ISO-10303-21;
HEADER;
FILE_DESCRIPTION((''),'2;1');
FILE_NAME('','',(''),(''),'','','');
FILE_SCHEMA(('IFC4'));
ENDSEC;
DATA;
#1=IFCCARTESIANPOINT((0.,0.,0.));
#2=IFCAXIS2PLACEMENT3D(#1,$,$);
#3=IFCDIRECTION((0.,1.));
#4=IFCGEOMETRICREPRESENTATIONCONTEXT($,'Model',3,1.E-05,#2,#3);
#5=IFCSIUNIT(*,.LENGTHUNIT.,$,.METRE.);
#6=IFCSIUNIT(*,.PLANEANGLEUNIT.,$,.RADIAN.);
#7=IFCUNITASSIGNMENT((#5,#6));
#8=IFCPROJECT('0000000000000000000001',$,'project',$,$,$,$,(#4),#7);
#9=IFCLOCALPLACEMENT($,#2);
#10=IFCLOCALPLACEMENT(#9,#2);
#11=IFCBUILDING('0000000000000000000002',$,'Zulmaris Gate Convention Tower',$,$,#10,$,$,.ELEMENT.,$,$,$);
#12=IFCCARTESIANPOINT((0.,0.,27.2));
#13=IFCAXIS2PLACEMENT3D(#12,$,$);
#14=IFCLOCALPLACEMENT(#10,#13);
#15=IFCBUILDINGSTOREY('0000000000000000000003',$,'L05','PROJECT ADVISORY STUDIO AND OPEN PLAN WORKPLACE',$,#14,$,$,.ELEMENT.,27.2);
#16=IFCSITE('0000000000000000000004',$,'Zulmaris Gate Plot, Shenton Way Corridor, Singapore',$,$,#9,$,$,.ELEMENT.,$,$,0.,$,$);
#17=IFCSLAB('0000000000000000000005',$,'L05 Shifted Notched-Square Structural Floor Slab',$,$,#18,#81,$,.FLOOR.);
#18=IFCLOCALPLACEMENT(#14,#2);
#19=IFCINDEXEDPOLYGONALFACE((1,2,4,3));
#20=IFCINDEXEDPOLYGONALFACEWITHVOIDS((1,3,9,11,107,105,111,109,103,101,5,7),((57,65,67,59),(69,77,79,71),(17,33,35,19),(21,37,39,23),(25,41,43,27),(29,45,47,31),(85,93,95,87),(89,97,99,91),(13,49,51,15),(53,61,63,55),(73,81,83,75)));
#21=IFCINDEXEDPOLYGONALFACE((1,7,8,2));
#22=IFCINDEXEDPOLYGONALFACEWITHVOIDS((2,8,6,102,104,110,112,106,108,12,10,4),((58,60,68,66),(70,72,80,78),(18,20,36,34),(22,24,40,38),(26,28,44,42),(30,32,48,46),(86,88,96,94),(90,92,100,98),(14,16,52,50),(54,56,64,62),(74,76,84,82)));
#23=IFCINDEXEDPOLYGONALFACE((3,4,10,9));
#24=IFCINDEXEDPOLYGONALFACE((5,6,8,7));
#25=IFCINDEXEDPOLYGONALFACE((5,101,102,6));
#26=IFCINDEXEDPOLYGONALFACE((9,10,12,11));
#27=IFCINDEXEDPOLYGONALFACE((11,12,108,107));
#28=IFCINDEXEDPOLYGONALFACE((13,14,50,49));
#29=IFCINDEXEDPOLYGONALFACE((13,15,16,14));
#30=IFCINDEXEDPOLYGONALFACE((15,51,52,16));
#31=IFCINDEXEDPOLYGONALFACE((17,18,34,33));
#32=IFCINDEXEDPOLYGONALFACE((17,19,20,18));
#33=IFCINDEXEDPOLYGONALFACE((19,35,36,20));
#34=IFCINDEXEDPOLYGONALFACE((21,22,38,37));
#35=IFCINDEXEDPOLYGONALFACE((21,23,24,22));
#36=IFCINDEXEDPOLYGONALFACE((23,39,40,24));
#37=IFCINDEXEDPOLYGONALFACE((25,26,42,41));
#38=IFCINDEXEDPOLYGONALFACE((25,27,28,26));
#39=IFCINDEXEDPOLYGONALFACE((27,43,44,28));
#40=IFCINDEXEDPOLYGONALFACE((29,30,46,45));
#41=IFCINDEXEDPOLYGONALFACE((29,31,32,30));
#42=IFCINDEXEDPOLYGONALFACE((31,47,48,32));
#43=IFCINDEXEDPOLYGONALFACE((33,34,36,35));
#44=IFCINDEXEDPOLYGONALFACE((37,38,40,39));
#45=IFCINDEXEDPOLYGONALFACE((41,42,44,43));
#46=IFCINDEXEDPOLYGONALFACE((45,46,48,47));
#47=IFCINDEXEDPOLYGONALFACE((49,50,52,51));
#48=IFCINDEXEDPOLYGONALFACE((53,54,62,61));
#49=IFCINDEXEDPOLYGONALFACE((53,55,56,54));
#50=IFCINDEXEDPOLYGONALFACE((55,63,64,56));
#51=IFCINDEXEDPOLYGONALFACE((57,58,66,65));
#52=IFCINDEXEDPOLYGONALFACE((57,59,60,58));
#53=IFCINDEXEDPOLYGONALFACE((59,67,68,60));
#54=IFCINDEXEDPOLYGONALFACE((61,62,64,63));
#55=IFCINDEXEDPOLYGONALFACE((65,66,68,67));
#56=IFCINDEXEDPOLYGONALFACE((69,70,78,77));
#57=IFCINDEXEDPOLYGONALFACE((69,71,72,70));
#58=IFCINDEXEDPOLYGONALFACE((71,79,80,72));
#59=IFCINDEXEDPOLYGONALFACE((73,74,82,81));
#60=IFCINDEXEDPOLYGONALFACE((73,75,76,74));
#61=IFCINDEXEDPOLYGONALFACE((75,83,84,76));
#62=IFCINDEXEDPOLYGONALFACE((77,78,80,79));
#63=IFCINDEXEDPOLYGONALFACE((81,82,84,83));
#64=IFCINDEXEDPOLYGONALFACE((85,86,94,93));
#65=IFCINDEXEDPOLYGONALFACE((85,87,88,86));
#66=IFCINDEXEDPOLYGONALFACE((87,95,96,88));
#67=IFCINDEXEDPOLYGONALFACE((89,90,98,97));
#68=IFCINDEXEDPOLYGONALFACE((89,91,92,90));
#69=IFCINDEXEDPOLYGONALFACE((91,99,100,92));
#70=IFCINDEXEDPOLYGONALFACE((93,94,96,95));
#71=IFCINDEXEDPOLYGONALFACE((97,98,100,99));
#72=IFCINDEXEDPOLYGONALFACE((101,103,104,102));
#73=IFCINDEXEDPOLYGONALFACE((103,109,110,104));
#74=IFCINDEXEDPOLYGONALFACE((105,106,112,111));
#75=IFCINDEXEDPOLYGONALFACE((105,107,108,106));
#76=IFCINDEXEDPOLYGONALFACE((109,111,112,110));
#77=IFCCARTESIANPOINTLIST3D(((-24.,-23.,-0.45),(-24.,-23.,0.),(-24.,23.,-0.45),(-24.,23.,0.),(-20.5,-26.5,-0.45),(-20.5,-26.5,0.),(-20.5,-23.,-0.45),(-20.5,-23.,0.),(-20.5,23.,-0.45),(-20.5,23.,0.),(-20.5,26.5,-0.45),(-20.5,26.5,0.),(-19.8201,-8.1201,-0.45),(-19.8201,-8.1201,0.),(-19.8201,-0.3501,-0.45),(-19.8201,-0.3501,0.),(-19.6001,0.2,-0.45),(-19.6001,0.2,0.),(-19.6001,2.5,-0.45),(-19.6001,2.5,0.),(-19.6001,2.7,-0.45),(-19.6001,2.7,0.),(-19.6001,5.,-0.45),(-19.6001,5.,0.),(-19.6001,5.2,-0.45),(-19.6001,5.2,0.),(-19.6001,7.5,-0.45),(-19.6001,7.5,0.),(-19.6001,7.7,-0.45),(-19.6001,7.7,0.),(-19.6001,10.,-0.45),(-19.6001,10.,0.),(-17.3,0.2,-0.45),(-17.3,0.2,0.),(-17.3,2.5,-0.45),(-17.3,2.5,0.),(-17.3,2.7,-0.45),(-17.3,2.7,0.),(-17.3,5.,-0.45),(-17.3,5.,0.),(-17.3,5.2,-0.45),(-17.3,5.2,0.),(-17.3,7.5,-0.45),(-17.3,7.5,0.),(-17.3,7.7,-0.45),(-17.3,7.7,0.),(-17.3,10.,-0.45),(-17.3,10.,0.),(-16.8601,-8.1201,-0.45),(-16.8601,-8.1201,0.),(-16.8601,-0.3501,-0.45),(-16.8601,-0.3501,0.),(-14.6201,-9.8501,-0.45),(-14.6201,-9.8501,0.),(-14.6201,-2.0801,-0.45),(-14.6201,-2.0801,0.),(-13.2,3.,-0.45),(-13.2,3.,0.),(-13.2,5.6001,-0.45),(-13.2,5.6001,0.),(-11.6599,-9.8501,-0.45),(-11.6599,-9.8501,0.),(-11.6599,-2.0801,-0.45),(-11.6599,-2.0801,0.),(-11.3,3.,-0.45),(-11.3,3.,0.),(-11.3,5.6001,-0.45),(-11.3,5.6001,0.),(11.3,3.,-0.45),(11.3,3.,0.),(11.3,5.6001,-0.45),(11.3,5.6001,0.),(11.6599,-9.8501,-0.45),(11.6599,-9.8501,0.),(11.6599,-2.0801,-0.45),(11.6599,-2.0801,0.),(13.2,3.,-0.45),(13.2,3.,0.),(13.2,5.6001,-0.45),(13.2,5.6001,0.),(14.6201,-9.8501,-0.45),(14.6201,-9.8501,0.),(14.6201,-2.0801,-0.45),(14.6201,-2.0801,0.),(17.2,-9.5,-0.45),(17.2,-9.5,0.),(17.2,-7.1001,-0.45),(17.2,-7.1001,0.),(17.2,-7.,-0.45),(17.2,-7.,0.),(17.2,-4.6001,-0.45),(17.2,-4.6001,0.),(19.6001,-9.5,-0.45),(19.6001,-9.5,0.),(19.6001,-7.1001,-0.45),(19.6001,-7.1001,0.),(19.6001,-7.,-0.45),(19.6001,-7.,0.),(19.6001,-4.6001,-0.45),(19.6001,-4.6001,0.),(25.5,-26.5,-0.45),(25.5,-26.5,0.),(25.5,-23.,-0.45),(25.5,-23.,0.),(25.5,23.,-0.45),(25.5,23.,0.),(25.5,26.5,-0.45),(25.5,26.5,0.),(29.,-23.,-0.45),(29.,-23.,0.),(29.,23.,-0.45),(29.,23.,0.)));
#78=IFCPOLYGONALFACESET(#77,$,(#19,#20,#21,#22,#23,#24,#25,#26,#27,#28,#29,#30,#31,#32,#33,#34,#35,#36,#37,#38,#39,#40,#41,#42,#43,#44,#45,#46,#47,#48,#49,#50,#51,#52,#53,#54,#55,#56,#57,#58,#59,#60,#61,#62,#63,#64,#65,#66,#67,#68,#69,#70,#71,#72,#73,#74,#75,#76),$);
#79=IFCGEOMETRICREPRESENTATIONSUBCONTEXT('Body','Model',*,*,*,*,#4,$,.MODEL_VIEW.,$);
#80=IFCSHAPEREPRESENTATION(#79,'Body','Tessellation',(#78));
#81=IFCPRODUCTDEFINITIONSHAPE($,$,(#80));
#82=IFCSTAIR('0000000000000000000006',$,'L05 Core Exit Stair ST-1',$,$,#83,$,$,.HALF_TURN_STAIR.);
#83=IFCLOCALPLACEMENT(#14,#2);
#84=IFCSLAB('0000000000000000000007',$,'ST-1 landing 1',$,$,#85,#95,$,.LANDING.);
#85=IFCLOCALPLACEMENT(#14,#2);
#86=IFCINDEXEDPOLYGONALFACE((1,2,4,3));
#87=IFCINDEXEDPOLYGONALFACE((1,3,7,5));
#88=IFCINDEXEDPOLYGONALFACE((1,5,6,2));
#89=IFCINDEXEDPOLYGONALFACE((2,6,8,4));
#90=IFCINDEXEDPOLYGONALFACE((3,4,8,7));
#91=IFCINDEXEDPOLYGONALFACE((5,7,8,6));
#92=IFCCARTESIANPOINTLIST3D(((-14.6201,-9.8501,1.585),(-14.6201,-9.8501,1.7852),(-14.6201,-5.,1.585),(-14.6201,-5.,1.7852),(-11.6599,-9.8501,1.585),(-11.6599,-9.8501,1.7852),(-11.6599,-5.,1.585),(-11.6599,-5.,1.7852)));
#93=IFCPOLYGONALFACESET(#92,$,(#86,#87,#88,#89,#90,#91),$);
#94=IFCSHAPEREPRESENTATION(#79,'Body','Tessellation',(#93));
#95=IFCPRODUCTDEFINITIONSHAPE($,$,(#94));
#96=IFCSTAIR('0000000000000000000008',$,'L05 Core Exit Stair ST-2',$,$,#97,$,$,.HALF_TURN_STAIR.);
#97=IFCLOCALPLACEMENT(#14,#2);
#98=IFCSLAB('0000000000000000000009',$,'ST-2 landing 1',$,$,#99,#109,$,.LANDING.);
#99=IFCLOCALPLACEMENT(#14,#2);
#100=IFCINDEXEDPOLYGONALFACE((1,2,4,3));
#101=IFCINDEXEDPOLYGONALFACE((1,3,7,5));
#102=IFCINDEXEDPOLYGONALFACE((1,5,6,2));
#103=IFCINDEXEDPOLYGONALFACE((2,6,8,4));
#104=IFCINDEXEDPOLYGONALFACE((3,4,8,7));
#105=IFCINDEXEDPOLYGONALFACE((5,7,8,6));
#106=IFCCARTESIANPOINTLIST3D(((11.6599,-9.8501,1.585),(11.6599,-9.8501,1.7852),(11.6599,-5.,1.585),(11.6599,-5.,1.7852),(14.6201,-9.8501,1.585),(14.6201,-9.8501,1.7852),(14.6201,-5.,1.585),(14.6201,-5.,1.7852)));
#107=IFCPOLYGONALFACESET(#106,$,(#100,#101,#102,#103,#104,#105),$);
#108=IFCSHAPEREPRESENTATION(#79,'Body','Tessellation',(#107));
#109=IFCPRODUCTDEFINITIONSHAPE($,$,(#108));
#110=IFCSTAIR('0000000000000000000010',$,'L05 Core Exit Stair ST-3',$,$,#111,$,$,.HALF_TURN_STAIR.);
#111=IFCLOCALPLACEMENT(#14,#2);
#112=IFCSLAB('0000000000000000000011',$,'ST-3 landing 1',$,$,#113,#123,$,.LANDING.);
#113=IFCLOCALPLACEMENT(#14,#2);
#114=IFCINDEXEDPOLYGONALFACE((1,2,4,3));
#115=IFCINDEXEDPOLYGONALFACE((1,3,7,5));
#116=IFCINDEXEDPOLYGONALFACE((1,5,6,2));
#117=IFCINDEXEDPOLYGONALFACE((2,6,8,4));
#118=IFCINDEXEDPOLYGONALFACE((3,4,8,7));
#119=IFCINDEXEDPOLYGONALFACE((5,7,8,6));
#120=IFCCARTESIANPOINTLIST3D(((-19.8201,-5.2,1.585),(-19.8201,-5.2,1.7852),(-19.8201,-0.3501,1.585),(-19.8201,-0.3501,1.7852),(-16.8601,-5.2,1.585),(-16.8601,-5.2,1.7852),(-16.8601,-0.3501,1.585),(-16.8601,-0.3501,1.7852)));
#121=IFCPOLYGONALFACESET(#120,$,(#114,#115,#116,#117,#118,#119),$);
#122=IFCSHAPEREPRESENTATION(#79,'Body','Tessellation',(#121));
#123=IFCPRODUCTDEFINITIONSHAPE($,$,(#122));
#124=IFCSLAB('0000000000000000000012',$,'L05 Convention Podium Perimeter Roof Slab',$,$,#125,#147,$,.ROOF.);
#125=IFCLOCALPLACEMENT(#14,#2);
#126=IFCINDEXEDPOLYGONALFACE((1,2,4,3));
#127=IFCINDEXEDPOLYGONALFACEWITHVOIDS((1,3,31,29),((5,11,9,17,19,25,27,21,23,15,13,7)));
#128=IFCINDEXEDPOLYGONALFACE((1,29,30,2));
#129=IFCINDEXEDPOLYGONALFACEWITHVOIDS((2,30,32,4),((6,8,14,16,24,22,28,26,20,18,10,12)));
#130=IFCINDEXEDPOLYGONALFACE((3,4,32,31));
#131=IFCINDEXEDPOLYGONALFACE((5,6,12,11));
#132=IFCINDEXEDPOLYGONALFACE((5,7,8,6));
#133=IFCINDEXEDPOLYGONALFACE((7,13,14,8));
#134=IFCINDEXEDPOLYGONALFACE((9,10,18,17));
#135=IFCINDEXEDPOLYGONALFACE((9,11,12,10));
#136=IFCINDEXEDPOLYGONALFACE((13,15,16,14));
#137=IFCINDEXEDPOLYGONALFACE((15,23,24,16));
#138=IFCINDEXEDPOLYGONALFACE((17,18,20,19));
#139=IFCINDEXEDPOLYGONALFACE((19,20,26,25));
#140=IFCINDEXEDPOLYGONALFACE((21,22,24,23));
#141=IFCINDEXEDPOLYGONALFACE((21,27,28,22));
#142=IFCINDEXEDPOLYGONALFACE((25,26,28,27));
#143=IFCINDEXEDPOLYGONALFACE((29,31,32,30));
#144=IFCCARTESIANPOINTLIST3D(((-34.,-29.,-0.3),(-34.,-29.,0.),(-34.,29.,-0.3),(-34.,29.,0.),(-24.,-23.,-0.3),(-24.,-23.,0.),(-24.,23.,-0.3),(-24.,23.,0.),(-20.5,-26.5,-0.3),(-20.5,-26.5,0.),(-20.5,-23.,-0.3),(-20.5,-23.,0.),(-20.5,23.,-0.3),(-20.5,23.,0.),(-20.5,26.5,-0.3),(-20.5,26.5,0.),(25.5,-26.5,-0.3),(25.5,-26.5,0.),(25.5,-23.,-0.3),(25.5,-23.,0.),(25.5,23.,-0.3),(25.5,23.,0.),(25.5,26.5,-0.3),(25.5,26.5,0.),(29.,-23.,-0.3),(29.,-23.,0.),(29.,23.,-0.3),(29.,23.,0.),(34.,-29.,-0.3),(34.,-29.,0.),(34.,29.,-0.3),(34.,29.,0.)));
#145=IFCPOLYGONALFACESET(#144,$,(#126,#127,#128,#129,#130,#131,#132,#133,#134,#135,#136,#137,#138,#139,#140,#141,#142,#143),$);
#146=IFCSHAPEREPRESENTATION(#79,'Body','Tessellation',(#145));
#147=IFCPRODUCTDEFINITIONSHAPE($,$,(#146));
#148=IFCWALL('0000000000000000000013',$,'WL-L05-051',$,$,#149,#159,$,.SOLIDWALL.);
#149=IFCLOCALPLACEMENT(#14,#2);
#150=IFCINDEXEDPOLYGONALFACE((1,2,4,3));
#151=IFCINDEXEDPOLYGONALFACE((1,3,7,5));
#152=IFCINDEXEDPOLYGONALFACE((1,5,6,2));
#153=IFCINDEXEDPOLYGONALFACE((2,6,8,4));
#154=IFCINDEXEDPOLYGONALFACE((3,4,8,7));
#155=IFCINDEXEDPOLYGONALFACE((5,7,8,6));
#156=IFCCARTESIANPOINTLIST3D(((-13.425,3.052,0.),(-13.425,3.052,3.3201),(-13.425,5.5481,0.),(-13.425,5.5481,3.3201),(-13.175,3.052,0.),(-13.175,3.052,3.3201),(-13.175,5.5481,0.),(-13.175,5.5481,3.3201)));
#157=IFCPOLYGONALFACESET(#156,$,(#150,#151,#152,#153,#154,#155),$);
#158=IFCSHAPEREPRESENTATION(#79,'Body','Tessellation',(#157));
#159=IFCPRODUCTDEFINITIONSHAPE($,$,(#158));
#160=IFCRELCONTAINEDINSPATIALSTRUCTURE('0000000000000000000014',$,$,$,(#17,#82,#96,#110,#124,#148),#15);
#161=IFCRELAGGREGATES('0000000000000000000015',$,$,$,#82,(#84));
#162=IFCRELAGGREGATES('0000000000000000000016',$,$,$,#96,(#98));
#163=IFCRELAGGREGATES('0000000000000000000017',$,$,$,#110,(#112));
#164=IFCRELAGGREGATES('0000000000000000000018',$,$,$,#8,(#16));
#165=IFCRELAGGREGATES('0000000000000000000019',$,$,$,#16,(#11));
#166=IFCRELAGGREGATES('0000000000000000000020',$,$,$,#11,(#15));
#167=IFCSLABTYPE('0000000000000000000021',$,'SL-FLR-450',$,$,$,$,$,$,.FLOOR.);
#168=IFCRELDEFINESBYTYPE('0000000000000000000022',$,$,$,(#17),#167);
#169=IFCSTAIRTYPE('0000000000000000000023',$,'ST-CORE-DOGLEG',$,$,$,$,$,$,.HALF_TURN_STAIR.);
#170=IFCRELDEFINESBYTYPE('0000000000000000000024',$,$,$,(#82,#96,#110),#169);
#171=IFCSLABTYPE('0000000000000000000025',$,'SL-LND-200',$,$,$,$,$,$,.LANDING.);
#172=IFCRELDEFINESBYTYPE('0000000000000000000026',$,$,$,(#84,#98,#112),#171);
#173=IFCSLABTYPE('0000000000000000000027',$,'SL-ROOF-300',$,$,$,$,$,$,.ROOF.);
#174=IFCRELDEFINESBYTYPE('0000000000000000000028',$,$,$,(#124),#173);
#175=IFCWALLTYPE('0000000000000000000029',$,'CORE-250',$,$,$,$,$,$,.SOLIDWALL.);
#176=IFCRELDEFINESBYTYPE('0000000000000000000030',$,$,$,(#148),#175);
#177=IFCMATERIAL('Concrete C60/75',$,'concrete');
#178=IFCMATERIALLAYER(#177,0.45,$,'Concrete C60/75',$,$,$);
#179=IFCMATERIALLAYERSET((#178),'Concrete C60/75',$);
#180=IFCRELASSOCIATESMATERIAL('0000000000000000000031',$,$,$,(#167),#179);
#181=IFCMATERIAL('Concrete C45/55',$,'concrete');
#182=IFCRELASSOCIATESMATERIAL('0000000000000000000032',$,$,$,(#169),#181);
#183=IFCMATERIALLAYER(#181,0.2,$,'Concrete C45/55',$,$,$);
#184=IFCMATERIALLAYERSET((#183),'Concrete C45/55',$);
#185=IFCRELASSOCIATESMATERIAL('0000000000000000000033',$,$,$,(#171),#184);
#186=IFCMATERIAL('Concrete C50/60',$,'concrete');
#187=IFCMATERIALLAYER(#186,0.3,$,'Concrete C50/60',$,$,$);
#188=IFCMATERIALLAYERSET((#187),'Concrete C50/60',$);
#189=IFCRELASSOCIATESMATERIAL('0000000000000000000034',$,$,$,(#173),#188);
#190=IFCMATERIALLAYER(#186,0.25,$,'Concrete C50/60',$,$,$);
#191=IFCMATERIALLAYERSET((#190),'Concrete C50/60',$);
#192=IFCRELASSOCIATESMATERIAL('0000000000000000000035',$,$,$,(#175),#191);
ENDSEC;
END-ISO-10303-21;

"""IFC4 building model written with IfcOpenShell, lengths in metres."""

from ifc_helpers import new_model, si_unit, direction, frame, frame_2d, origin, place, context, subcontext, project, spatial, polyline, rectangle, outline, extrude, material, layer, layer_set, type_object, element, aggregate, save


model = new_model("IFC4")

# Units and contexts
model_context = context("Model", 3, precision=1e-05, world=origin(), true_north=direction((0.0, 1.0)))
body_context = subcontext(model_context, "Body", "Model", "MODEL_VIEW")
ifc_project = project(units=[si_unit("LENGTHUNIT", "METRE"), si_unit("PLANEANGLEUNIT", "RADIAN")], contexts=[model_context])

# Site, building, storey
site_placement = place(None, origin())
site = spatial("IfcSite", under=ifc_project, at=site_placement, Name="Zulmaris Gate Plot, Shenton Way Corridor, Singapore", CompositionType="ELEMENT", RefElevation=0.0)
building_placement = place(site_placement, origin())
building = spatial("IfcBuilding", under=site, at=building_placement, Name="Zulmaris Gate Convention Tower", CompositionType="ELEMENT")
storey_placement = place(building_placement, frame((0.0, 0.0, 27.2)))
storey = spatial("IfcBuildingStorey", under=building, at=storey_placement, Name="L05", Description="PROJECT ADVISORY STUDIO AND OPEN PLAN WORKPLACE", CompositionType="ELEMENT", Elevation=27.2)

# Slab
ifc_material_1 = material(Name="Concrete C60/75", Category="concrete")
ifc_layer_1 = layer(ifc_material_1, 0.45, Name="Concrete C60/75")
ifc_layer_set_1 = layer_set([ifc_layer_1], Name="Concrete C60/75")
slab_type_1 = type_object("IfcSlabType", Name="SL-FLR-450", PredefinedType="FLOOR", material=ifc_layer_set_1)
slab_1_placement = place(storey_placement, frame((0.0, 0.0, -0.45)))
element("IfcSlab", 1, at=slab_1_placement, inside=storey, type_object=slab_type_1, Name="L05 Shifted Notched-Square Structural Floor Slab", PredefinedType="FLOOR", context=body_context, shape_type="SweptSolid", body=[
    extrude(outline(polyline([(-20.5, -26.5), (25.5, -26.5), (25.5, -23.0), (29.0, -23.0), (29.0, 23.0), (25.5, 23.0), (25.5, 26.5), (-20.5, 26.5), (-20.5, 23.0), (-24.0, 23.0), (-24.0, -23.0), (-20.5, -23.0), (-20.5, -26.5)]), holes=[polyline([(-14.6201, -2.0801), (-14.6201, -9.8501), (-11.6599, -9.8501), (-11.6599, -2.0801), (-14.6201, -2.0801)]), polyline([(11.6599, -2.0801), (11.6599, -9.8501), (14.6201, -9.8501), (14.6201, -2.0801), (11.6599, -2.0801)]), polyline([(-16.8601, -8.1201), (-16.8601, -0.3501), (-19.8201, -0.3501), (-19.8201, -8.1201), (-16.8601, -8.1201)]), polyline([(-13.2, 3.0), (-11.3, 3.0), (-11.3, 5.6001), (-13.2, 5.6001), (-13.2, 3.0)]), polyline([(11.3, 3.0), (13.2, 3.0), (13.2, 5.6001), (11.3, 5.6001), (11.3, 3.0)]), polyline([(-19.6001, 0.2), (-17.3, 0.2), (-17.3, 2.5), (-19.6001, 2.5), (-19.6001, 0.2)]), polyline([(-19.6001, 2.7), (-17.3, 2.7), (-17.3, 5.0), (-19.6001, 5.0), (-19.6001, 2.7)]), polyline([(-19.6001, 5.2), (-17.3, 5.2), (-17.3, 7.5), (-19.6001, 7.5), (-19.6001, 5.2)]), polyline([(-19.6001, 7.7), (-17.3, 7.7), (-17.3, 10.0), (-19.6001, 10.0), (-19.6001, 7.7)]), polyline([(17.2, -9.5), (19.6001, -9.5), (19.6001, -7.1001), (17.2, -7.1001), (17.2, -9.5)]), polyline([(17.2, -7.0), (19.6001, -7.0), (19.6001, -4.6001), (17.2, -4.6001), (17.2, -7.0)])]), origin(), (0.0, 0.0, 1.0), 0.45),
])

# Stairs, slabs
ifc_material_2 = material(Name="Concrete C45/55", Category="concrete")
stair_type = type_object("IfcStairType", Name="ST-CORE-DOGLEG", PredefinedType="HALF_TURN_STAIR", material=ifc_material_2)
stair_1_placement = place(storey_placement, origin())
stair_1 = element("IfcStair", 2, at=stair_1_placement, inside=storey, type_object=stair_type, Name="L05 Core Exit Stair ST-1", PredefinedType="HALF_TURN_STAIR")
ifc_layer_2 = layer(ifc_material_2, 0.2, Name="Concrete C45/55")
ifc_layer_set_2 = layer_set([ifc_layer_2], Name="Concrete C45/55")
slab_type_2 = type_object("IfcSlabType", Name="SL-LND-200", PredefinedType="LANDING", material=ifc_layer_set_2)
slab_2_placement = place(storey_placement, frame((0.0, 0.0, 1.585)))
slab_2 = element("IfcSlab", 3, at=slab_2_placement, type_object=slab_type_2, Name="ST-1 landing 1", PredefinedType="LANDING", context=body_context, shape_type="SweptSolid", body=[
    extrude(outline(polyline([(-14.6201, -5.0), (-14.6201, -9.8501), (-11.6599, -9.8501), (-11.6599, -5.0), (-14.6201, -5.0)])), origin(), (0.0, 0.0, 1.0), 0.2002),
])
aggregate(stair_1, [slab_2])
stair_2_placement = place(storey_placement, origin())
stair_2 = element("IfcStair", 4, at=stair_2_placement, inside=storey, type_object=stair_type, Name="L05 Core Exit Stair ST-2", PredefinedType="HALF_TURN_STAIR")
slab_3_placement = place(storey_placement, frame((0.0, 0.0, 1.585)))
slab_3 = element("IfcSlab", 5, at=slab_3_placement, type_object=slab_type_2, Name="ST-2 landing 1", PredefinedType="LANDING", context=body_context, shape_type="SweptSolid", body=[
    extrude(outline(polyline([(11.6599, -5.0), (11.6599, -9.8501), (14.6201, -9.8501), (14.6201, -5.0), (11.6599, -5.0)])), origin(), (0.0, 0.0, 1.0), 0.2002),
])
aggregate(stair_2, [slab_3])
stair_3_placement = place(storey_placement, origin())
stair_3 = element("IfcStair", 6, at=stair_3_placement, inside=storey, type_object=stair_type, Name="L05 Core Exit Stair ST-3", PredefinedType="HALF_TURN_STAIR")
slab_4_placement = place(storey_placement, frame((0.0, 0.0, 1.585)))
slab_4 = element("IfcSlab", 7, at=slab_4_placement, type_object=slab_type_2, Name="ST-3 landing 1", PredefinedType="LANDING", context=body_context, shape_type="SweptSolid", body=[
    extrude(outline(polyline([(-16.8601, -5.2), (-16.8601, -0.3501), (-19.8201, -0.3501), (-19.8201, -5.2), (-16.8601, -5.2)])), origin(), (0.0, 0.0, 1.0), 0.2002),
])
aggregate(stair_3, [slab_4])

# Slab
ifc_material_3 = material(Name="Concrete C50/60", Category="concrete")
ifc_layer_3 = layer(ifc_material_3, 0.3, Name="Concrete C50/60")
ifc_layer_set_3 = layer_set([ifc_layer_3], Name="Concrete C50/60")
slab_type_3 = type_object("IfcSlabType", Name="SL-ROOF-300", PredefinedType="ROOF", material=ifc_layer_set_3)
slab_5_placement = place(storey_placement, frame((0.0, 0.0, -0.3)))
element("IfcSlab", 8, at=slab_5_placement, inside=storey, type_object=slab_type_3, Name="L05 Convention Podium Perimeter Roof Slab", PredefinedType="ROOF", context=body_context, shape_type="SweptSolid", body=[
    extrude(outline(polyline([(-34.0, -29.0), (34.0, -29.0), (34.0, 29.0), (-34.0, 29.0), (-34.0, -29.0)]), holes=[polyline([(-20.5, -23.0), (-24.0, -23.0), (-24.0, 23.0), (-20.5, 23.0), (-20.5, 26.5), (25.5, 26.5), (25.5, 23.0), (29.0, 23.0), (29.0, -23.0), (25.5, -23.0), (25.5, -26.5), (-20.5, -26.5), (-20.5, -23.0)])]), origin(), (0.0, 0.0, 1.0), 0.3),
])

# Wall
ifc_layer_4 = layer(ifc_material_3, 0.25, Name="Concrete C50/60")
ifc_layer_set_4 = layer_set([ifc_layer_4], Name="Concrete C50/60")
wall_type_1 = type_object("IfcWallType", Name="CORE-250", PredefinedType="SOLIDWALL", material=ifc_layer_set_4)
wall_1_placement = place(storey_placement, frame((-13.3, 3.052, 0.0), z_axis=(0.0, 0.0, 1.0), x_axis=(0.0, 1.0, 0.0)))
element("IfcWall", 9, at=wall_1_placement, inside=storey, type_object=wall_type_1, Name="WL-L05-051", PredefinedType="SOLIDWALL", context=body_context, shape_type="SweptSolid", body=[
    extrude(rectangle(XDim=2.4961, YDim=0.25, at=frame_2d((1.248, 0.0))), origin(), (0.0, 0.0, 1.0), 3.3201),
])

save(model, "model.ifc")
